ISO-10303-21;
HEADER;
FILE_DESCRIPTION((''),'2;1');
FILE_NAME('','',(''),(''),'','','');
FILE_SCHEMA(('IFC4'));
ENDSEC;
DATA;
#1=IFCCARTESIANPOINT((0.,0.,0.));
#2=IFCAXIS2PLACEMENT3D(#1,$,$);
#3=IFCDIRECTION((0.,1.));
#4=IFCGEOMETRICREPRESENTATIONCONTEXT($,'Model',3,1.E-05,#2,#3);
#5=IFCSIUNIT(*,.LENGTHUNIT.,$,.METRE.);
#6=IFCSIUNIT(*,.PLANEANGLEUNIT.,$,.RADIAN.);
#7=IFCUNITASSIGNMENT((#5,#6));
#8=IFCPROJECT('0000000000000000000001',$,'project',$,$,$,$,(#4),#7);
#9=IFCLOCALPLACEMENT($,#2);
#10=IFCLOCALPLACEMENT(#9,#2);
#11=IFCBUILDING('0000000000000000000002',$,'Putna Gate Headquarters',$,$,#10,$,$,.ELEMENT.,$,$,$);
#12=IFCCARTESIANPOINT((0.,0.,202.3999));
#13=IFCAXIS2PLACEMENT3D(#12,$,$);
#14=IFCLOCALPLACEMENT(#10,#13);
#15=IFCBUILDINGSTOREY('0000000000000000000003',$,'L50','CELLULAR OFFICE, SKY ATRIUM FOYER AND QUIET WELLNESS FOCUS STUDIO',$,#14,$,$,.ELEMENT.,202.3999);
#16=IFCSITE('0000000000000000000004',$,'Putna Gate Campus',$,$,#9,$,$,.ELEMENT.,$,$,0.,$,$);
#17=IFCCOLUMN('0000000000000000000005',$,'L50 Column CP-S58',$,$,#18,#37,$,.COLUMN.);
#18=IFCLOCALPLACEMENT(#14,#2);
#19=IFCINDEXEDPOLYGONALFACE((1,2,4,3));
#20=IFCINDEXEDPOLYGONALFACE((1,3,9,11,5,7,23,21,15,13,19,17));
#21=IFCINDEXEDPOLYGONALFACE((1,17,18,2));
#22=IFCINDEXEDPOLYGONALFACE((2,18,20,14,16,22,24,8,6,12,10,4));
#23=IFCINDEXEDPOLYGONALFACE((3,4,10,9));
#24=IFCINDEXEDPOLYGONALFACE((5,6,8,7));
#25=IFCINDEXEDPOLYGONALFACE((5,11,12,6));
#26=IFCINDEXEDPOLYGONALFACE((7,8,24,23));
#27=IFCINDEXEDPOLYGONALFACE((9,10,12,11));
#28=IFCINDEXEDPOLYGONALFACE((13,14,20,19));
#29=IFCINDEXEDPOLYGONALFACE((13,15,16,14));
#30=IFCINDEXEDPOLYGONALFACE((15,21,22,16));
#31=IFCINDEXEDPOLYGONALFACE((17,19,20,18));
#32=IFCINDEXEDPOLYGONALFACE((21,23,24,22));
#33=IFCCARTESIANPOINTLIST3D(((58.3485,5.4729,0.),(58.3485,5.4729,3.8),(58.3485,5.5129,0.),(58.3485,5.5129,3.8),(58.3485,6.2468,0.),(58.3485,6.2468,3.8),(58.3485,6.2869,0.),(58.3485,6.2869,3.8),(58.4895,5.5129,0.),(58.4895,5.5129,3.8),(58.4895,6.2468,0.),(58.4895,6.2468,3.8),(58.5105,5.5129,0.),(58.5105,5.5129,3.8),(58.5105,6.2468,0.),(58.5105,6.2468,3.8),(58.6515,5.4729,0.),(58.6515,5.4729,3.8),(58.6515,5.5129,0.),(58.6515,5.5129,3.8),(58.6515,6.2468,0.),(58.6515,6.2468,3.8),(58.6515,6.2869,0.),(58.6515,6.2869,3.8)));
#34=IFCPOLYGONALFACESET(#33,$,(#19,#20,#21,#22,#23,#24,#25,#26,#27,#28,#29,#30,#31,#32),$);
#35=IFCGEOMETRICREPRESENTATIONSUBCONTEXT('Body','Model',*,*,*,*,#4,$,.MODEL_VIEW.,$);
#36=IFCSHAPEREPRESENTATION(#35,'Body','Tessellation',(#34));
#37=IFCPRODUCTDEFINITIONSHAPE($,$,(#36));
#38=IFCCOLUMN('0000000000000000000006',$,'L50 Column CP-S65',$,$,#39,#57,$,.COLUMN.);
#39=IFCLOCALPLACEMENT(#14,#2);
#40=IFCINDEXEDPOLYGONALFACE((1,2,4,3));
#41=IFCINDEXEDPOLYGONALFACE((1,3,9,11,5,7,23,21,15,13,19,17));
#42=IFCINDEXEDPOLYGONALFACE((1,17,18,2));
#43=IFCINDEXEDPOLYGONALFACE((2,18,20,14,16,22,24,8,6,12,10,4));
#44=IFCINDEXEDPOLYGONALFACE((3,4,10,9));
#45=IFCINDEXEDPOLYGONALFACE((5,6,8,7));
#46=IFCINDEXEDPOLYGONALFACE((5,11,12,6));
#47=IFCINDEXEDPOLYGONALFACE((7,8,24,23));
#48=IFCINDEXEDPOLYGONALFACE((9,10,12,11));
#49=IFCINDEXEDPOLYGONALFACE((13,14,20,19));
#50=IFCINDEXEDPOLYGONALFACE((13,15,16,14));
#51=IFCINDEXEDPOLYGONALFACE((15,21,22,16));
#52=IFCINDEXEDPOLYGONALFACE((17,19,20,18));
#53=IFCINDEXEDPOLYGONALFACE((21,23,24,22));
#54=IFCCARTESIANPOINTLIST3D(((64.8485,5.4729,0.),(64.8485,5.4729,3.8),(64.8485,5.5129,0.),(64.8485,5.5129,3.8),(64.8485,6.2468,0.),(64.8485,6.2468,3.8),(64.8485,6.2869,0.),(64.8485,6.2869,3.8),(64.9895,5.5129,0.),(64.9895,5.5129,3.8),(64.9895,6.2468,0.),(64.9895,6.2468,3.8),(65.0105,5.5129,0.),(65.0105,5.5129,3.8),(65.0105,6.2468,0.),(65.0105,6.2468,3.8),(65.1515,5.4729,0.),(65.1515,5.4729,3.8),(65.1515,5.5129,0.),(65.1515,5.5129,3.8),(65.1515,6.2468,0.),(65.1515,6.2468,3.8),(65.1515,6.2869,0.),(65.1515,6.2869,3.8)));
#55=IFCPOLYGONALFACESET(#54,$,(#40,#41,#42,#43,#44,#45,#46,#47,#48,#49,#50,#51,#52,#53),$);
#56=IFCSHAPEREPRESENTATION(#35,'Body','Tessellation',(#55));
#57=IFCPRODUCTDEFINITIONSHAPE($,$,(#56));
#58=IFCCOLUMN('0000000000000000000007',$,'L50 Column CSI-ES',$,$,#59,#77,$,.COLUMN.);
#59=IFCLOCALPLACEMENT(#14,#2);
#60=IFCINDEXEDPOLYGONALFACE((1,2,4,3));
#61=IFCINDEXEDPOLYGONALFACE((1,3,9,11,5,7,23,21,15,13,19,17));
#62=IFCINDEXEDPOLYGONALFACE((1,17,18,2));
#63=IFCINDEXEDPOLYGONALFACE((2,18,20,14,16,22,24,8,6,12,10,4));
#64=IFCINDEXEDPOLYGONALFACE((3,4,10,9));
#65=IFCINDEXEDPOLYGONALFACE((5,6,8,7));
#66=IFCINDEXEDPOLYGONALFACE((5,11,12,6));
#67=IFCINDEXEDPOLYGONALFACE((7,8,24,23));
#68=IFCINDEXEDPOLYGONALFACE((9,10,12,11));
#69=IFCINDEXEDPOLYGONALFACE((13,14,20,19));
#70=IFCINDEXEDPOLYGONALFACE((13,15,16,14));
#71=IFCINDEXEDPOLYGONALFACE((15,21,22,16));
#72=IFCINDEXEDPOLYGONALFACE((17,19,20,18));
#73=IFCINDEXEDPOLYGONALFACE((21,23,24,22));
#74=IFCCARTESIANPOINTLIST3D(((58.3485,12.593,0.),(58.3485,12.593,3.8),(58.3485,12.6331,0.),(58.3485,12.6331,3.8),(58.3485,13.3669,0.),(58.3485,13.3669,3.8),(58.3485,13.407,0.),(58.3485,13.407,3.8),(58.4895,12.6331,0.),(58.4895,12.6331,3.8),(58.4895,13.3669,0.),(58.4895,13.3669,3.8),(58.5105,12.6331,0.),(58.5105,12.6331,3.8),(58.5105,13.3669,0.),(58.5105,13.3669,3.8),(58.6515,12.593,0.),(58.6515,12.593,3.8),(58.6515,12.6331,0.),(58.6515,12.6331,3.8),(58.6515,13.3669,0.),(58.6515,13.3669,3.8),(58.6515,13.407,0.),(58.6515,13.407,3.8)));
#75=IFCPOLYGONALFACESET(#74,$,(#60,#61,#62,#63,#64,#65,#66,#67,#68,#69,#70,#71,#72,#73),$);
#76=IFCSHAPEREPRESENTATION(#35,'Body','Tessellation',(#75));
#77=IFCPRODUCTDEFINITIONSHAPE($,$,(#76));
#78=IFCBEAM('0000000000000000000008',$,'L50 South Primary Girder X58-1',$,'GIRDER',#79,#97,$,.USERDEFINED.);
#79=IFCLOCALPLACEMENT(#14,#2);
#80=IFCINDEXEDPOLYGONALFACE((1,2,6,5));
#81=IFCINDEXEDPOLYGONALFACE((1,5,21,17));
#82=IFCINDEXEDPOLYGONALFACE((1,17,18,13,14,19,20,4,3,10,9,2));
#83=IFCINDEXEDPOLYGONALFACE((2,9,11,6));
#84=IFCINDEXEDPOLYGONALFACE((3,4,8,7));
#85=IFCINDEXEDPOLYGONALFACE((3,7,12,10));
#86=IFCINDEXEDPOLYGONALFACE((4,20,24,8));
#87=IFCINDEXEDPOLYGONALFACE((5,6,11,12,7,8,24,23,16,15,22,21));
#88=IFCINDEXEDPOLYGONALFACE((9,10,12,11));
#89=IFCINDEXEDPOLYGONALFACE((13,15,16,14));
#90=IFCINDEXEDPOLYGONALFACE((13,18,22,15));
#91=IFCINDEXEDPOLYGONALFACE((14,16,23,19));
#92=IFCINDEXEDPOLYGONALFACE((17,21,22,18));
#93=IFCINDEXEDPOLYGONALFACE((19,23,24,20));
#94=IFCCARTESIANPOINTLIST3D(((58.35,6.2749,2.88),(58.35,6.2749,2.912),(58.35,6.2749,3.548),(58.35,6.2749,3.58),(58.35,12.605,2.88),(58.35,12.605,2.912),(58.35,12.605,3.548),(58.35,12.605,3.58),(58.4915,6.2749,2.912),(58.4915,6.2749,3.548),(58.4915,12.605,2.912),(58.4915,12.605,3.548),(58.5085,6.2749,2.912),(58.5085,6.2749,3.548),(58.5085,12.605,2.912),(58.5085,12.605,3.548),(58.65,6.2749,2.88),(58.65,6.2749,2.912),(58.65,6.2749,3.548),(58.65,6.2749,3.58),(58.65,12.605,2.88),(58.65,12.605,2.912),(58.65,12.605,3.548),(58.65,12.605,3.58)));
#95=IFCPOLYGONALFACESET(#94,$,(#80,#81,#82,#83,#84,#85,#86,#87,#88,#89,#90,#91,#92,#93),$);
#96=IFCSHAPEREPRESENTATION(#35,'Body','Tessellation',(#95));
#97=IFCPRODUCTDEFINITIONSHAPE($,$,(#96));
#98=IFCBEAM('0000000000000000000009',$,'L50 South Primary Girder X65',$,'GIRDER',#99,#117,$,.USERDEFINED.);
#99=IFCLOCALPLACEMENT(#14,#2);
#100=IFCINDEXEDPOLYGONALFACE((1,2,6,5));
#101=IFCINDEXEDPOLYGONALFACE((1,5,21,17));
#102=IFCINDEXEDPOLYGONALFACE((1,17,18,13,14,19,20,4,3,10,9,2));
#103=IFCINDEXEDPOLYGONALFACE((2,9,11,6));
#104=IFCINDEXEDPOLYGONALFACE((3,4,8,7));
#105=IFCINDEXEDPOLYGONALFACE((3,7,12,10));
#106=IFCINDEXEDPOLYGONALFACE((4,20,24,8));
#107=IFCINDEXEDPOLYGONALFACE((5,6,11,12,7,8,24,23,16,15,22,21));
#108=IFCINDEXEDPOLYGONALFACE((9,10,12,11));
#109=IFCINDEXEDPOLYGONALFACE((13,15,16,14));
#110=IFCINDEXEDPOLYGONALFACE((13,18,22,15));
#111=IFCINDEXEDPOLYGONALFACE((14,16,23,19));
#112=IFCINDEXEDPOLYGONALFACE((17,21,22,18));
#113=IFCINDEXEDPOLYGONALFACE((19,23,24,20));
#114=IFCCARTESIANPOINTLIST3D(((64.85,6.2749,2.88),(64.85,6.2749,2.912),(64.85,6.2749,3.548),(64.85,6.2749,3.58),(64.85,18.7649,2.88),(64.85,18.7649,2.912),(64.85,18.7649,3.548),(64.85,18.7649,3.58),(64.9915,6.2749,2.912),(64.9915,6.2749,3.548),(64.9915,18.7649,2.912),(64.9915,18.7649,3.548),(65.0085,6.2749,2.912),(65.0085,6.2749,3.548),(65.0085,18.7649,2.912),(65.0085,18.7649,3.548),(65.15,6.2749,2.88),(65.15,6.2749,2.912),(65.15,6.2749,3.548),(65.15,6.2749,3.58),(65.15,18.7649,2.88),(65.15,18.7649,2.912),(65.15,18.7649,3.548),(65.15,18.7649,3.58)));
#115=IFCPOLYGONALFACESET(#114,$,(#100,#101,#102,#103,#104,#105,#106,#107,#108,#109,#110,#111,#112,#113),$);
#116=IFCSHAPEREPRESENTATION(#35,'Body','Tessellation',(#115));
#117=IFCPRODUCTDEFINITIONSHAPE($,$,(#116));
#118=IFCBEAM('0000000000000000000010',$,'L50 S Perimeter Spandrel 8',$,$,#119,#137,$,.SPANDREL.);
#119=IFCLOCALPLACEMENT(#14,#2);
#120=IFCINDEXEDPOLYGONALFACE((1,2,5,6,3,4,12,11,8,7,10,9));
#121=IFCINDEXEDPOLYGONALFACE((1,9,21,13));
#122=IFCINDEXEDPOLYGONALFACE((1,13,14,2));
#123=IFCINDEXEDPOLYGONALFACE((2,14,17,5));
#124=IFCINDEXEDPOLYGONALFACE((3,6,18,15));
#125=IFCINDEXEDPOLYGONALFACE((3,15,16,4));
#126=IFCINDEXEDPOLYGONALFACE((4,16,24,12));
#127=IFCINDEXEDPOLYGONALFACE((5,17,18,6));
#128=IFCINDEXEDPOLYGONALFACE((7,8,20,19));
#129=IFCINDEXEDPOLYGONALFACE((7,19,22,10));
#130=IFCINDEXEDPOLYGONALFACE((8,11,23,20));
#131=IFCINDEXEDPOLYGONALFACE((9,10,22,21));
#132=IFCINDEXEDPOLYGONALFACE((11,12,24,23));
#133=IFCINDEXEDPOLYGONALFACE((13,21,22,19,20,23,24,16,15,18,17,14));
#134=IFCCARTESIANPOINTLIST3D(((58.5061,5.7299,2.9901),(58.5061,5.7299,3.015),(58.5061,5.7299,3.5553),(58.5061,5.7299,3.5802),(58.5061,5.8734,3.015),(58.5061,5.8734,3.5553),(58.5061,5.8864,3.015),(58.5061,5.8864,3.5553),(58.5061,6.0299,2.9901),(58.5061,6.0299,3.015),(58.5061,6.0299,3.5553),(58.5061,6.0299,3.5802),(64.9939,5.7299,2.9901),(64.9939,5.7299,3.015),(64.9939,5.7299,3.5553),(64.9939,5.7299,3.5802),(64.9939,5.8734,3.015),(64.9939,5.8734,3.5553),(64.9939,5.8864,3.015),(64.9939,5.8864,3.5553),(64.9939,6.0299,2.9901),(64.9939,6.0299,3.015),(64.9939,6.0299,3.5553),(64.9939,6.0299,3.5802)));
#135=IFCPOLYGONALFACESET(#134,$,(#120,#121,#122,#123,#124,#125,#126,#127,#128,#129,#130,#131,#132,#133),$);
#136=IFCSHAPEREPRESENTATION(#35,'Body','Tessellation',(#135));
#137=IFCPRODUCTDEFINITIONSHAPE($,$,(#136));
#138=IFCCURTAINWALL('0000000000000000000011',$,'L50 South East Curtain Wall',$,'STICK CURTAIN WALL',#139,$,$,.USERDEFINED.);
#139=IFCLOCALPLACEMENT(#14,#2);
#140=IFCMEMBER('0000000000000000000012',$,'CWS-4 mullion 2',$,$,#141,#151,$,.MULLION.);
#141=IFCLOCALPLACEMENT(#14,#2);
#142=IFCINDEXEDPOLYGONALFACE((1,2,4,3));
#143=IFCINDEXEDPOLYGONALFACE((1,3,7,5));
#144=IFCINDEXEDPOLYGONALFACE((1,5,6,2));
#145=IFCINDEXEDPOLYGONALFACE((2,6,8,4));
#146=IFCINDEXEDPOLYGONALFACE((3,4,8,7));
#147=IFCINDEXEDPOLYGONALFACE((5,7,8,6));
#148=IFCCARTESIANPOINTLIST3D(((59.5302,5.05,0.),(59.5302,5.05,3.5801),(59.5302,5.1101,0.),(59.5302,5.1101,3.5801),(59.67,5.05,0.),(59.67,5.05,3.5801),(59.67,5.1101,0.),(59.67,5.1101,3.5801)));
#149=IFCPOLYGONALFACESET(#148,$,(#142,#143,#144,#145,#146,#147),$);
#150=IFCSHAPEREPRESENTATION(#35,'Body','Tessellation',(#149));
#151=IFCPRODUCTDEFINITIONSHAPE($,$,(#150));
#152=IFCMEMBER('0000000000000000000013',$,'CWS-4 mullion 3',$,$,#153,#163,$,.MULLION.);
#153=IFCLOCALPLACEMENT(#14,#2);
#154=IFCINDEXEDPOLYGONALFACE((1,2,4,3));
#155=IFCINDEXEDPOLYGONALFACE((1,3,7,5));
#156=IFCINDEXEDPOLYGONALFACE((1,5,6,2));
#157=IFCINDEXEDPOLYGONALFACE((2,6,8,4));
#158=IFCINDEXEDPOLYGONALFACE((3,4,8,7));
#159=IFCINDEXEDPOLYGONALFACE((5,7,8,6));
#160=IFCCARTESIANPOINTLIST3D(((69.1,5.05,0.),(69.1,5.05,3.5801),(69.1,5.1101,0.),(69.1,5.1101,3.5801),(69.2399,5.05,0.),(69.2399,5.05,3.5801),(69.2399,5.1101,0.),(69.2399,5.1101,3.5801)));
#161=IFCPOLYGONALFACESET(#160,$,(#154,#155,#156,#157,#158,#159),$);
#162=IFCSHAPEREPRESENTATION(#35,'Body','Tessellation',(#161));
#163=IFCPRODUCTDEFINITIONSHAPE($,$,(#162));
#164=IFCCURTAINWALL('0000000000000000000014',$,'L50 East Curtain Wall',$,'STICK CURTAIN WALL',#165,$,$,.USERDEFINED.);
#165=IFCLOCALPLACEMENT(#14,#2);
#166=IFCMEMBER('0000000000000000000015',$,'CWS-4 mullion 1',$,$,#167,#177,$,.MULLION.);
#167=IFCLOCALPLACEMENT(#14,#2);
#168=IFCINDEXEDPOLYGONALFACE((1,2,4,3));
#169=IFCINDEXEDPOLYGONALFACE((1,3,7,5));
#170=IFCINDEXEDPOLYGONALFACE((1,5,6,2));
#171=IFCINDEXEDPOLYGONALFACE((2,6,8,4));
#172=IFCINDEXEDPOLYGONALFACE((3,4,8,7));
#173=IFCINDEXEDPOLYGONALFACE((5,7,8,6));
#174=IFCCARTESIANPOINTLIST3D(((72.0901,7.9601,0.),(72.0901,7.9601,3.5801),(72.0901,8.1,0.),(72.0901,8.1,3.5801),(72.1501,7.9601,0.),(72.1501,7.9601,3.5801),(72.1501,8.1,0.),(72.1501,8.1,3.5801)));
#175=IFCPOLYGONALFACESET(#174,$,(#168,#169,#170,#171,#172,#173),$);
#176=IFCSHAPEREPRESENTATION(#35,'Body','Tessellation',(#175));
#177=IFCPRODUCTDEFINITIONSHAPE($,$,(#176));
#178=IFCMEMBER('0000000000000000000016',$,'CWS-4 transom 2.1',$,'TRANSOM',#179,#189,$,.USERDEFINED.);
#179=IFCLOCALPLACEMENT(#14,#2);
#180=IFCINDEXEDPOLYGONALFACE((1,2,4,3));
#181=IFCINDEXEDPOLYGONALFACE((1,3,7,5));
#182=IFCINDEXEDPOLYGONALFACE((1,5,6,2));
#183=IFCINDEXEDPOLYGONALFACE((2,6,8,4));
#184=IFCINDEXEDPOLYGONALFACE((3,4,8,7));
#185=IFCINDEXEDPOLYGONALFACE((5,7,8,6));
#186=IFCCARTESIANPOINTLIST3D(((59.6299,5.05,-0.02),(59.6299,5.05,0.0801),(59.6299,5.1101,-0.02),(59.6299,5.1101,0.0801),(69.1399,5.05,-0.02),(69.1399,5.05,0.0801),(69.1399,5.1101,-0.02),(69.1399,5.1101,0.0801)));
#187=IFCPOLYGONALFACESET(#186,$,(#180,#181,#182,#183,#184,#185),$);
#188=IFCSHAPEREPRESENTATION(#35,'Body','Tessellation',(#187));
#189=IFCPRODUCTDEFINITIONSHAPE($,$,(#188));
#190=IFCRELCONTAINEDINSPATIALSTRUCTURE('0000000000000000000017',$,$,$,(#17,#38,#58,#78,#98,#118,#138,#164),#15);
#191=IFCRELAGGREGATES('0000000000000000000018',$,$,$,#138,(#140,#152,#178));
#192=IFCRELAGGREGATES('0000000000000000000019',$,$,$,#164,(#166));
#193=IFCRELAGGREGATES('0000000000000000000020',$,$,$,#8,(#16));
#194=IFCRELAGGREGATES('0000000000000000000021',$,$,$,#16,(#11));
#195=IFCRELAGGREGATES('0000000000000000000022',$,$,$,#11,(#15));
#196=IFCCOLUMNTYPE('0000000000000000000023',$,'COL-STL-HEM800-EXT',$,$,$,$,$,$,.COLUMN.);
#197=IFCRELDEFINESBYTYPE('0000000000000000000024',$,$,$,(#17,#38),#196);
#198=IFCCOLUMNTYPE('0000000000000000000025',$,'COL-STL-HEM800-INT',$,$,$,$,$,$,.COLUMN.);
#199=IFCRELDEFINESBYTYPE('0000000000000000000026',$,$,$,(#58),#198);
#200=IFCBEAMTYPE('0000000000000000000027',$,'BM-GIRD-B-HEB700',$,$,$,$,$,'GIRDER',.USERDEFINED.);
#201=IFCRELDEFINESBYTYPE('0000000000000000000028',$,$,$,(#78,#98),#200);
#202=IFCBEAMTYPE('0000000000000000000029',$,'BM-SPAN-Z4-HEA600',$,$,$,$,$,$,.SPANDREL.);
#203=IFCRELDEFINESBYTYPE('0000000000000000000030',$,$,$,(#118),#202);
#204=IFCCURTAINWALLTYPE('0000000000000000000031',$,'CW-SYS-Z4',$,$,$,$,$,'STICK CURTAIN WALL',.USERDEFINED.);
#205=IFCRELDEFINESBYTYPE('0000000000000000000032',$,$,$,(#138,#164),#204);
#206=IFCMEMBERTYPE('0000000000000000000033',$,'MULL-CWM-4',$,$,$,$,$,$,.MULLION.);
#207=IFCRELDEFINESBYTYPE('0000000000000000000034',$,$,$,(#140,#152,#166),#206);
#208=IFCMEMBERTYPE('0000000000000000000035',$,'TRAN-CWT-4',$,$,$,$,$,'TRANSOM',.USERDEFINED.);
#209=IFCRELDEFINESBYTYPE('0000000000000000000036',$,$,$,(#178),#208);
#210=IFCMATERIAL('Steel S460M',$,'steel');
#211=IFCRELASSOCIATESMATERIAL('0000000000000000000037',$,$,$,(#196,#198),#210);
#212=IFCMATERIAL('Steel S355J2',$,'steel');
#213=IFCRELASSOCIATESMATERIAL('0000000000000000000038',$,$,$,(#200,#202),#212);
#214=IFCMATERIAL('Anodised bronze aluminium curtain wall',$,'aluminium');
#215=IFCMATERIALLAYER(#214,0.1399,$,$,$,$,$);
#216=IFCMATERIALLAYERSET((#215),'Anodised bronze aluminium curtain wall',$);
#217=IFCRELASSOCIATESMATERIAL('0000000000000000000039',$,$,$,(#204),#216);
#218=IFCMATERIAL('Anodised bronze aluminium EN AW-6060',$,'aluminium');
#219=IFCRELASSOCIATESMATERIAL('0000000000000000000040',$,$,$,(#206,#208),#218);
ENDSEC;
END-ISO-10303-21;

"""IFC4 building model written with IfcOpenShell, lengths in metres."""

from ifc_helpers import new_model, si_unit, direction, frame, origin, origin_2d, place, context, subcontext, project, spatial, rectangle, i_section, extrude, material, layer, layer_set, material_profile, profile_set, type_object, element, aggregate, save


model = new_model("IFC4")

# Units and contexts
model_context = context("Model", 3, precision=1e-05, world=origin(), true_north=direction((0.0, 1.0)))
body_context = subcontext(model_context, "Body", "Model", "MODEL_VIEW")
ifc_project = project(units=[si_unit("LENGTHUNIT", "METRE"), si_unit("PLANEANGLEUNIT", "RADIAN")], contexts=[model_context])

# Site, building, storey
site_placement = place(None, origin())
site = spatial("IfcSite", under=ifc_project, at=site_placement, Name="Putna Gate Campus", CompositionType="ELEMENT", RefElevation=0.0)
building_placement = place(site_placement, origin())
building = spatial("IfcBuilding", under=site, at=building_placement, Name="Putna Gate Headquarters", CompositionType="ELEMENT")
storey_placement = place(building_placement, frame((0.0, 0.0, 202.3999)))
storey = spatial("IfcBuildingStorey", under=building, at=storey_placement, Name="L50", Description="CELLULAR OFFICE, SKY ATRIUM FOYER AND QUIET WELLNESS FOCUS STUDIO", CompositionType="ELEMENT", Elevation=202.3999)

# Columns
ifc_material_1 = material(Name="Steel S460M", Category="steel")
ifc_material_profile_1 = material_profile(ifc_material_1, i_section(OverallWidth=0.303, OverallDepth=0.814, WebThickness=0.021, FlangeThickness=0.04, at=origin_2d()), Name="Steel S460M")
ifc_profile_set_1 = profile_set([ifc_material_profile_1], Name="Steel S460M")
column_type_1 = type_object("IfcColumnType", Name="COL-STL-HEM800-EXT", PredefinedType="COLUMN", material=ifc_profile_set_1)
for number, where, z_axis, x_axis, name in (
    (1, (58.5, 5.8799, 0.0), (0.0, 0.0, 1.0), (1.0, 0.0, 0.0), "L50 Column CP-S58"),
    (2, (65.0, 5.8799, 0.0), (0.0, 0.0, 1.0), (1.0, 0.0, 0.0), "L50 Column CP-S65"),
):
    element("IfcColumn", number, at=place(storey_placement, frame(where, z_axis=z_axis, x_axis=x_axis)), inside=storey, type_object=column_type_1, Name=name, PredefinedType="COLUMN", context=body_context, shape_type="SweptSolid", body=[
        extrude(i_section(OverallWidth=0.303, OverallDepth=0.814, WebThickness=0.021, FlangeThickness=0.04, at=origin_2d()), origin(), (0.0, 0.0, 1.0), 3.8),
    ])
ifc_material_profile_2 = material_profile(ifc_material_1, i_section(OverallWidth=0.303, OverallDepth=0.814, WebThickness=0.021, FlangeThickness=0.04, at=origin_2d()), Name="Steel S460M")
ifc_profile_set_2 = profile_set([ifc_material_profile_2], Name="Steel S460M")
column_type_2 = type_object("IfcColumnType", Name="COL-STL-HEM800-INT", PredefinedType="COLUMN", material=ifc_profile_set_2)
column_placement = place(storey_placement, frame((58.5, 13.0, 0.0), z_axis=(0.0, 0.0, 1.0), x_axis=(1.0, 0.0, 0.0)))
element("IfcColumn", 3, at=column_placement, inside=storey, type_object=column_type_2, Name="L50 Column CSI-ES", PredefinedType="COLUMN", context=body_context, shape_type="SweptSolid", body=[
    extrude(i_section(OverallWidth=0.303, OverallDepth=0.814, WebThickness=0.021, FlangeThickness=0.04, at=origin_2d()), origin(), (0.0, 0.0, 1.0), 3.8),
])

# Beams
ifc_material_2 = material(Name="Steel S355J2", Category="steel")
ifc_material_profile_3 = material_profile(ifc_material_2, i_section(OverallWidth=0.3, OverallDepth=0.7, WebThickness=0.0171, FlangeThickness=0.032, at=origin_2d()), Name="Steel S355J2")
ifc_profile_set_3 = profile_set([ifc_material_profile_3], Name="Steel S355J2")
beam_type_1 = type_object("IfcBeamType", Name="BM-GIRD-B-HEB700", ElementType="GIRDER", PredefinedType="USERDEFINED", material=ifc_profile_set_3)
beam_1_placement = place(storey_placement, frame((58.5, 6.2749, 3.23), z_axis=(0.0, 1.0, 0.0), x_axis=(-1.0, 0.0, 0.0)))
element("IfcBeam", 4, at=beam_1_placement, inside=storey, type_object=beam_type_1, Name="L50 South Primary Girder X58-1", ObjectType="GIRDER", PredefinedType="USERDEFINED", context=body_context, shape_type="SweptSolid", body=[
    extrude(i_section(OverallWidth=0.3, OverallDepth=0.7, WebThickness=0.0171, FlangeThickness=0.032, at=origin_2d()), origin(), (0.0, 0.0, 1.0), 6.3301),
])
beam_2_placement = place(storey_placement, frame((65.0, 6.2749, 3.23), z_axis=(0.0, 1.0, 0.0), x_axis=(-1.0, 0.0, 0.0)))
element("IfcBeam", 5, at=beam_2_placement, inside=storey, type_object=beam_type_1, Name="L50 South Primary Girder X65", ObjectType="GIRDER", PredefinedType="USERDEFINED", context=body_context, shape_type="SweptSolid", body=[
    extrude(i_section(OverallWidth=0.3, OverallDepth=0.7, WebThickness=0.0171, FlangeThickness=0.032, at=origin_2d()), origin(), (0.0, 0.0, 1.0), 12.49),
])
ifc_material_profile_4 = material_profile(ifc_material_2, i_section(OverallWidth=0.3, OverallDepth=0.5901, WebThickness=0.0129, FlangeThickness=0.0249, at=origin_2d()), Name="Steel S355J2")
ifc_profile_set_4 = profile_set([ifc_material_profile_4], Name="Steel S355J2")
beam_type_2 = type_object("IfcBeamType", Name="BM-SPAN-Z4-HEA600", PredefinedType="SPANDREL", material=ifc_profile_set_4)
beam_3_placement = place(storey_placement, frame((58.5061, 5.8799, 3.2852), z_axis=(1.0, 0.0, 0.0), x_axis=(0.0, 1.0, 0.0)))
element("IfcBeam", 6, at=beam_3_placement, inside=storey, type_object=beam_type_2, Name="L50 S Perimeter Spandrel 8", PredefinedType="SPANDREL", context=body_context, shape_type="SweptSolid", body=[
    extrude(i_section(OverallWidth=0.3, OverallDepth=0.5901, WebThickness=0.0129, FlangeThickness=0.0249, at=origin_2d()), origin(), (0.0, 0.0, 1.0), 6.4878),
])

# Curtain wall, members
ifc_material_3 = material(Name="Anodised bronze aluminium curtain wall", Category="aluminium")
ifc_layer_1 = layer(ifc_material_3, 0.1399)
ifc_layer_set_1 = layer_set([ifc_layer_1], Name="Anodised bronze aluminium curtain wall")
curtain_wall_type = type_object("IfcCurtainWallType", Name="CW-SYS-Z4", ElementType="STICK CURTAIN WALL", PredefinedType="USERDEFINED", material=ifc_layer_set_1)
curtain_wall_1_placement = place(storey_placement, origin())
curtain_wall_1 = element("IfcCurtainWall", 7, at=curtain_wall_1_placement, inside=storey, type_object=curtain_wall_type, Name="L50 South East Curtain Wall", ObjectType="STICK CURTAIN WALL", PredefinedType="USERDEFINED")
ifc_material_4 = material(Name="Anodised bronze aluminium EN AW-6060", Category="aluminium")
ifc_material_profile_5 = material_profile(ifc_material_4, rectangle(XDim=0.0601, YDim=0.1399, at=origin_2d()), Name="Anodised bronze aluminium EN AW-6060")
ifc_profile_set_5 = profile_set([ifc_material_profile_5], Name="Anodised bronze aluminium EN AW-6060")
member_type_1 = type_object("IfcMemberType", Name="MULL-CWM-4", PredefinedType="MULLION", material=ifc_profile_set_5)
member_1_placement = place(storey_placement, frame((59.6001, 5.0801, 0.0), z_axis=(0.0, 0.0, 1.0), x_axis=(0.0, 1.0, 0.0)))
member_1 = element("IfcMember", 8, at=member_1_placement, type_object=member_type_1, Name="CWS-4 mullion 2", PredefinedType="MULLION", context=body_context, shape_type="SweptSolid", body=[
    extrude(rectangle(XDim=0.0601, YDim=0.1399, at=origin_2d()), origin(), (0.0, 0.0, 1.0), 3.5801),
])
member_2_placement = place(storey_placement, frame((69.1699, 5.0801, 0.0), z_axis=(0.0, 0.0, 1.0), x_axis=(0.0, 1.0, 0.0)))
member_2 = element("IfcMember", 9, at=member_2_placement, type_object=member_type_1, Name="CWS-4 mullion 3", PredefinedType="MULLION", context=body_context, shape_type="SweptSolid", body=[
    extrude(rectangle(XDim=0.0601, YDim=0.1399, at=origin_2d()), origin(), (0.0, 0.0, 1.0), 3.5801),
])

# Curtain wall, member
curtain_wall_2_placement = place(storey_placement, origin())
curtain_wall_2 = element("IfcCurtainWall", 10, at=curtain_wall_2_placement, inside=storey, type_object=curtain_wall_type, Name="L50 East Curtain Wall", ObjectType="STICK CURTAIN WALL", PredefinedType="USERDEFINED")
member_3_placement = place(storey_placement, frame((72.1201, 8.03, 0.0), z_axis=(0.0, 0.0, 1.0), x_axis=(-1.0, 0.0, 0.0)))
member_3 = element("IfcMember", 11, at=member_3_placement, type_object=member_type_1, Name="CWS-4 mullion 1", PredefinedType="MULLION", context=body_context, shape_type="SweptSolid", body=[
    extrude(rectangle(XDim=0.0601, YDim=0.1399, at=origin_2d()), origin(), (0.0, 0.0, 1.0), 3.5801),
])

# Member
ifc_material_profile_6 = material_profile(ifc_material_4, rectangle(XDim=0.0601, YDim=0.1001, at=origin_2d()), Name="Anodised bronze aluminium EN AW-6060")
ifc_profile_set_6 = profile_set([ifc_material_profile_6], Name="Anodised bronze aluminium EN AW-6060")
member_type_2 = type_object("IfcMemberType", Name="TRAN-CWT-4", ElementType="TRANSOM", PredefinedType="USERDEFINED", material=ifc_profile_set_6)
member_4_placement = place(storey_placement, frame((59.6299, 5.0801, 0.03), z_axis=(1.0, 0.0, 0.0), x_axis=(0.0, 1.0, 0.0)))
member_4 = element("IfcMember", 12, at=member_4_placement, type_object=member_type_2, Name="CWS-4 transom 2.1", ObjectType="TRANSOM", PredefinedType="USERDEFINED", context=body_context, shape_type="SweptSolid", body=[
    extrude(rectangle(XDim=0.0601, YDim=0.1001, at=origin_2d()), origin(), (0.0, 0.0, 1.0), 9.51),
])

aggregate(curtain_wall_1, [member_1, member_2, member_4])
aggregate(curtain_wall_2, [member_3])

save(model, "model.ifc")
